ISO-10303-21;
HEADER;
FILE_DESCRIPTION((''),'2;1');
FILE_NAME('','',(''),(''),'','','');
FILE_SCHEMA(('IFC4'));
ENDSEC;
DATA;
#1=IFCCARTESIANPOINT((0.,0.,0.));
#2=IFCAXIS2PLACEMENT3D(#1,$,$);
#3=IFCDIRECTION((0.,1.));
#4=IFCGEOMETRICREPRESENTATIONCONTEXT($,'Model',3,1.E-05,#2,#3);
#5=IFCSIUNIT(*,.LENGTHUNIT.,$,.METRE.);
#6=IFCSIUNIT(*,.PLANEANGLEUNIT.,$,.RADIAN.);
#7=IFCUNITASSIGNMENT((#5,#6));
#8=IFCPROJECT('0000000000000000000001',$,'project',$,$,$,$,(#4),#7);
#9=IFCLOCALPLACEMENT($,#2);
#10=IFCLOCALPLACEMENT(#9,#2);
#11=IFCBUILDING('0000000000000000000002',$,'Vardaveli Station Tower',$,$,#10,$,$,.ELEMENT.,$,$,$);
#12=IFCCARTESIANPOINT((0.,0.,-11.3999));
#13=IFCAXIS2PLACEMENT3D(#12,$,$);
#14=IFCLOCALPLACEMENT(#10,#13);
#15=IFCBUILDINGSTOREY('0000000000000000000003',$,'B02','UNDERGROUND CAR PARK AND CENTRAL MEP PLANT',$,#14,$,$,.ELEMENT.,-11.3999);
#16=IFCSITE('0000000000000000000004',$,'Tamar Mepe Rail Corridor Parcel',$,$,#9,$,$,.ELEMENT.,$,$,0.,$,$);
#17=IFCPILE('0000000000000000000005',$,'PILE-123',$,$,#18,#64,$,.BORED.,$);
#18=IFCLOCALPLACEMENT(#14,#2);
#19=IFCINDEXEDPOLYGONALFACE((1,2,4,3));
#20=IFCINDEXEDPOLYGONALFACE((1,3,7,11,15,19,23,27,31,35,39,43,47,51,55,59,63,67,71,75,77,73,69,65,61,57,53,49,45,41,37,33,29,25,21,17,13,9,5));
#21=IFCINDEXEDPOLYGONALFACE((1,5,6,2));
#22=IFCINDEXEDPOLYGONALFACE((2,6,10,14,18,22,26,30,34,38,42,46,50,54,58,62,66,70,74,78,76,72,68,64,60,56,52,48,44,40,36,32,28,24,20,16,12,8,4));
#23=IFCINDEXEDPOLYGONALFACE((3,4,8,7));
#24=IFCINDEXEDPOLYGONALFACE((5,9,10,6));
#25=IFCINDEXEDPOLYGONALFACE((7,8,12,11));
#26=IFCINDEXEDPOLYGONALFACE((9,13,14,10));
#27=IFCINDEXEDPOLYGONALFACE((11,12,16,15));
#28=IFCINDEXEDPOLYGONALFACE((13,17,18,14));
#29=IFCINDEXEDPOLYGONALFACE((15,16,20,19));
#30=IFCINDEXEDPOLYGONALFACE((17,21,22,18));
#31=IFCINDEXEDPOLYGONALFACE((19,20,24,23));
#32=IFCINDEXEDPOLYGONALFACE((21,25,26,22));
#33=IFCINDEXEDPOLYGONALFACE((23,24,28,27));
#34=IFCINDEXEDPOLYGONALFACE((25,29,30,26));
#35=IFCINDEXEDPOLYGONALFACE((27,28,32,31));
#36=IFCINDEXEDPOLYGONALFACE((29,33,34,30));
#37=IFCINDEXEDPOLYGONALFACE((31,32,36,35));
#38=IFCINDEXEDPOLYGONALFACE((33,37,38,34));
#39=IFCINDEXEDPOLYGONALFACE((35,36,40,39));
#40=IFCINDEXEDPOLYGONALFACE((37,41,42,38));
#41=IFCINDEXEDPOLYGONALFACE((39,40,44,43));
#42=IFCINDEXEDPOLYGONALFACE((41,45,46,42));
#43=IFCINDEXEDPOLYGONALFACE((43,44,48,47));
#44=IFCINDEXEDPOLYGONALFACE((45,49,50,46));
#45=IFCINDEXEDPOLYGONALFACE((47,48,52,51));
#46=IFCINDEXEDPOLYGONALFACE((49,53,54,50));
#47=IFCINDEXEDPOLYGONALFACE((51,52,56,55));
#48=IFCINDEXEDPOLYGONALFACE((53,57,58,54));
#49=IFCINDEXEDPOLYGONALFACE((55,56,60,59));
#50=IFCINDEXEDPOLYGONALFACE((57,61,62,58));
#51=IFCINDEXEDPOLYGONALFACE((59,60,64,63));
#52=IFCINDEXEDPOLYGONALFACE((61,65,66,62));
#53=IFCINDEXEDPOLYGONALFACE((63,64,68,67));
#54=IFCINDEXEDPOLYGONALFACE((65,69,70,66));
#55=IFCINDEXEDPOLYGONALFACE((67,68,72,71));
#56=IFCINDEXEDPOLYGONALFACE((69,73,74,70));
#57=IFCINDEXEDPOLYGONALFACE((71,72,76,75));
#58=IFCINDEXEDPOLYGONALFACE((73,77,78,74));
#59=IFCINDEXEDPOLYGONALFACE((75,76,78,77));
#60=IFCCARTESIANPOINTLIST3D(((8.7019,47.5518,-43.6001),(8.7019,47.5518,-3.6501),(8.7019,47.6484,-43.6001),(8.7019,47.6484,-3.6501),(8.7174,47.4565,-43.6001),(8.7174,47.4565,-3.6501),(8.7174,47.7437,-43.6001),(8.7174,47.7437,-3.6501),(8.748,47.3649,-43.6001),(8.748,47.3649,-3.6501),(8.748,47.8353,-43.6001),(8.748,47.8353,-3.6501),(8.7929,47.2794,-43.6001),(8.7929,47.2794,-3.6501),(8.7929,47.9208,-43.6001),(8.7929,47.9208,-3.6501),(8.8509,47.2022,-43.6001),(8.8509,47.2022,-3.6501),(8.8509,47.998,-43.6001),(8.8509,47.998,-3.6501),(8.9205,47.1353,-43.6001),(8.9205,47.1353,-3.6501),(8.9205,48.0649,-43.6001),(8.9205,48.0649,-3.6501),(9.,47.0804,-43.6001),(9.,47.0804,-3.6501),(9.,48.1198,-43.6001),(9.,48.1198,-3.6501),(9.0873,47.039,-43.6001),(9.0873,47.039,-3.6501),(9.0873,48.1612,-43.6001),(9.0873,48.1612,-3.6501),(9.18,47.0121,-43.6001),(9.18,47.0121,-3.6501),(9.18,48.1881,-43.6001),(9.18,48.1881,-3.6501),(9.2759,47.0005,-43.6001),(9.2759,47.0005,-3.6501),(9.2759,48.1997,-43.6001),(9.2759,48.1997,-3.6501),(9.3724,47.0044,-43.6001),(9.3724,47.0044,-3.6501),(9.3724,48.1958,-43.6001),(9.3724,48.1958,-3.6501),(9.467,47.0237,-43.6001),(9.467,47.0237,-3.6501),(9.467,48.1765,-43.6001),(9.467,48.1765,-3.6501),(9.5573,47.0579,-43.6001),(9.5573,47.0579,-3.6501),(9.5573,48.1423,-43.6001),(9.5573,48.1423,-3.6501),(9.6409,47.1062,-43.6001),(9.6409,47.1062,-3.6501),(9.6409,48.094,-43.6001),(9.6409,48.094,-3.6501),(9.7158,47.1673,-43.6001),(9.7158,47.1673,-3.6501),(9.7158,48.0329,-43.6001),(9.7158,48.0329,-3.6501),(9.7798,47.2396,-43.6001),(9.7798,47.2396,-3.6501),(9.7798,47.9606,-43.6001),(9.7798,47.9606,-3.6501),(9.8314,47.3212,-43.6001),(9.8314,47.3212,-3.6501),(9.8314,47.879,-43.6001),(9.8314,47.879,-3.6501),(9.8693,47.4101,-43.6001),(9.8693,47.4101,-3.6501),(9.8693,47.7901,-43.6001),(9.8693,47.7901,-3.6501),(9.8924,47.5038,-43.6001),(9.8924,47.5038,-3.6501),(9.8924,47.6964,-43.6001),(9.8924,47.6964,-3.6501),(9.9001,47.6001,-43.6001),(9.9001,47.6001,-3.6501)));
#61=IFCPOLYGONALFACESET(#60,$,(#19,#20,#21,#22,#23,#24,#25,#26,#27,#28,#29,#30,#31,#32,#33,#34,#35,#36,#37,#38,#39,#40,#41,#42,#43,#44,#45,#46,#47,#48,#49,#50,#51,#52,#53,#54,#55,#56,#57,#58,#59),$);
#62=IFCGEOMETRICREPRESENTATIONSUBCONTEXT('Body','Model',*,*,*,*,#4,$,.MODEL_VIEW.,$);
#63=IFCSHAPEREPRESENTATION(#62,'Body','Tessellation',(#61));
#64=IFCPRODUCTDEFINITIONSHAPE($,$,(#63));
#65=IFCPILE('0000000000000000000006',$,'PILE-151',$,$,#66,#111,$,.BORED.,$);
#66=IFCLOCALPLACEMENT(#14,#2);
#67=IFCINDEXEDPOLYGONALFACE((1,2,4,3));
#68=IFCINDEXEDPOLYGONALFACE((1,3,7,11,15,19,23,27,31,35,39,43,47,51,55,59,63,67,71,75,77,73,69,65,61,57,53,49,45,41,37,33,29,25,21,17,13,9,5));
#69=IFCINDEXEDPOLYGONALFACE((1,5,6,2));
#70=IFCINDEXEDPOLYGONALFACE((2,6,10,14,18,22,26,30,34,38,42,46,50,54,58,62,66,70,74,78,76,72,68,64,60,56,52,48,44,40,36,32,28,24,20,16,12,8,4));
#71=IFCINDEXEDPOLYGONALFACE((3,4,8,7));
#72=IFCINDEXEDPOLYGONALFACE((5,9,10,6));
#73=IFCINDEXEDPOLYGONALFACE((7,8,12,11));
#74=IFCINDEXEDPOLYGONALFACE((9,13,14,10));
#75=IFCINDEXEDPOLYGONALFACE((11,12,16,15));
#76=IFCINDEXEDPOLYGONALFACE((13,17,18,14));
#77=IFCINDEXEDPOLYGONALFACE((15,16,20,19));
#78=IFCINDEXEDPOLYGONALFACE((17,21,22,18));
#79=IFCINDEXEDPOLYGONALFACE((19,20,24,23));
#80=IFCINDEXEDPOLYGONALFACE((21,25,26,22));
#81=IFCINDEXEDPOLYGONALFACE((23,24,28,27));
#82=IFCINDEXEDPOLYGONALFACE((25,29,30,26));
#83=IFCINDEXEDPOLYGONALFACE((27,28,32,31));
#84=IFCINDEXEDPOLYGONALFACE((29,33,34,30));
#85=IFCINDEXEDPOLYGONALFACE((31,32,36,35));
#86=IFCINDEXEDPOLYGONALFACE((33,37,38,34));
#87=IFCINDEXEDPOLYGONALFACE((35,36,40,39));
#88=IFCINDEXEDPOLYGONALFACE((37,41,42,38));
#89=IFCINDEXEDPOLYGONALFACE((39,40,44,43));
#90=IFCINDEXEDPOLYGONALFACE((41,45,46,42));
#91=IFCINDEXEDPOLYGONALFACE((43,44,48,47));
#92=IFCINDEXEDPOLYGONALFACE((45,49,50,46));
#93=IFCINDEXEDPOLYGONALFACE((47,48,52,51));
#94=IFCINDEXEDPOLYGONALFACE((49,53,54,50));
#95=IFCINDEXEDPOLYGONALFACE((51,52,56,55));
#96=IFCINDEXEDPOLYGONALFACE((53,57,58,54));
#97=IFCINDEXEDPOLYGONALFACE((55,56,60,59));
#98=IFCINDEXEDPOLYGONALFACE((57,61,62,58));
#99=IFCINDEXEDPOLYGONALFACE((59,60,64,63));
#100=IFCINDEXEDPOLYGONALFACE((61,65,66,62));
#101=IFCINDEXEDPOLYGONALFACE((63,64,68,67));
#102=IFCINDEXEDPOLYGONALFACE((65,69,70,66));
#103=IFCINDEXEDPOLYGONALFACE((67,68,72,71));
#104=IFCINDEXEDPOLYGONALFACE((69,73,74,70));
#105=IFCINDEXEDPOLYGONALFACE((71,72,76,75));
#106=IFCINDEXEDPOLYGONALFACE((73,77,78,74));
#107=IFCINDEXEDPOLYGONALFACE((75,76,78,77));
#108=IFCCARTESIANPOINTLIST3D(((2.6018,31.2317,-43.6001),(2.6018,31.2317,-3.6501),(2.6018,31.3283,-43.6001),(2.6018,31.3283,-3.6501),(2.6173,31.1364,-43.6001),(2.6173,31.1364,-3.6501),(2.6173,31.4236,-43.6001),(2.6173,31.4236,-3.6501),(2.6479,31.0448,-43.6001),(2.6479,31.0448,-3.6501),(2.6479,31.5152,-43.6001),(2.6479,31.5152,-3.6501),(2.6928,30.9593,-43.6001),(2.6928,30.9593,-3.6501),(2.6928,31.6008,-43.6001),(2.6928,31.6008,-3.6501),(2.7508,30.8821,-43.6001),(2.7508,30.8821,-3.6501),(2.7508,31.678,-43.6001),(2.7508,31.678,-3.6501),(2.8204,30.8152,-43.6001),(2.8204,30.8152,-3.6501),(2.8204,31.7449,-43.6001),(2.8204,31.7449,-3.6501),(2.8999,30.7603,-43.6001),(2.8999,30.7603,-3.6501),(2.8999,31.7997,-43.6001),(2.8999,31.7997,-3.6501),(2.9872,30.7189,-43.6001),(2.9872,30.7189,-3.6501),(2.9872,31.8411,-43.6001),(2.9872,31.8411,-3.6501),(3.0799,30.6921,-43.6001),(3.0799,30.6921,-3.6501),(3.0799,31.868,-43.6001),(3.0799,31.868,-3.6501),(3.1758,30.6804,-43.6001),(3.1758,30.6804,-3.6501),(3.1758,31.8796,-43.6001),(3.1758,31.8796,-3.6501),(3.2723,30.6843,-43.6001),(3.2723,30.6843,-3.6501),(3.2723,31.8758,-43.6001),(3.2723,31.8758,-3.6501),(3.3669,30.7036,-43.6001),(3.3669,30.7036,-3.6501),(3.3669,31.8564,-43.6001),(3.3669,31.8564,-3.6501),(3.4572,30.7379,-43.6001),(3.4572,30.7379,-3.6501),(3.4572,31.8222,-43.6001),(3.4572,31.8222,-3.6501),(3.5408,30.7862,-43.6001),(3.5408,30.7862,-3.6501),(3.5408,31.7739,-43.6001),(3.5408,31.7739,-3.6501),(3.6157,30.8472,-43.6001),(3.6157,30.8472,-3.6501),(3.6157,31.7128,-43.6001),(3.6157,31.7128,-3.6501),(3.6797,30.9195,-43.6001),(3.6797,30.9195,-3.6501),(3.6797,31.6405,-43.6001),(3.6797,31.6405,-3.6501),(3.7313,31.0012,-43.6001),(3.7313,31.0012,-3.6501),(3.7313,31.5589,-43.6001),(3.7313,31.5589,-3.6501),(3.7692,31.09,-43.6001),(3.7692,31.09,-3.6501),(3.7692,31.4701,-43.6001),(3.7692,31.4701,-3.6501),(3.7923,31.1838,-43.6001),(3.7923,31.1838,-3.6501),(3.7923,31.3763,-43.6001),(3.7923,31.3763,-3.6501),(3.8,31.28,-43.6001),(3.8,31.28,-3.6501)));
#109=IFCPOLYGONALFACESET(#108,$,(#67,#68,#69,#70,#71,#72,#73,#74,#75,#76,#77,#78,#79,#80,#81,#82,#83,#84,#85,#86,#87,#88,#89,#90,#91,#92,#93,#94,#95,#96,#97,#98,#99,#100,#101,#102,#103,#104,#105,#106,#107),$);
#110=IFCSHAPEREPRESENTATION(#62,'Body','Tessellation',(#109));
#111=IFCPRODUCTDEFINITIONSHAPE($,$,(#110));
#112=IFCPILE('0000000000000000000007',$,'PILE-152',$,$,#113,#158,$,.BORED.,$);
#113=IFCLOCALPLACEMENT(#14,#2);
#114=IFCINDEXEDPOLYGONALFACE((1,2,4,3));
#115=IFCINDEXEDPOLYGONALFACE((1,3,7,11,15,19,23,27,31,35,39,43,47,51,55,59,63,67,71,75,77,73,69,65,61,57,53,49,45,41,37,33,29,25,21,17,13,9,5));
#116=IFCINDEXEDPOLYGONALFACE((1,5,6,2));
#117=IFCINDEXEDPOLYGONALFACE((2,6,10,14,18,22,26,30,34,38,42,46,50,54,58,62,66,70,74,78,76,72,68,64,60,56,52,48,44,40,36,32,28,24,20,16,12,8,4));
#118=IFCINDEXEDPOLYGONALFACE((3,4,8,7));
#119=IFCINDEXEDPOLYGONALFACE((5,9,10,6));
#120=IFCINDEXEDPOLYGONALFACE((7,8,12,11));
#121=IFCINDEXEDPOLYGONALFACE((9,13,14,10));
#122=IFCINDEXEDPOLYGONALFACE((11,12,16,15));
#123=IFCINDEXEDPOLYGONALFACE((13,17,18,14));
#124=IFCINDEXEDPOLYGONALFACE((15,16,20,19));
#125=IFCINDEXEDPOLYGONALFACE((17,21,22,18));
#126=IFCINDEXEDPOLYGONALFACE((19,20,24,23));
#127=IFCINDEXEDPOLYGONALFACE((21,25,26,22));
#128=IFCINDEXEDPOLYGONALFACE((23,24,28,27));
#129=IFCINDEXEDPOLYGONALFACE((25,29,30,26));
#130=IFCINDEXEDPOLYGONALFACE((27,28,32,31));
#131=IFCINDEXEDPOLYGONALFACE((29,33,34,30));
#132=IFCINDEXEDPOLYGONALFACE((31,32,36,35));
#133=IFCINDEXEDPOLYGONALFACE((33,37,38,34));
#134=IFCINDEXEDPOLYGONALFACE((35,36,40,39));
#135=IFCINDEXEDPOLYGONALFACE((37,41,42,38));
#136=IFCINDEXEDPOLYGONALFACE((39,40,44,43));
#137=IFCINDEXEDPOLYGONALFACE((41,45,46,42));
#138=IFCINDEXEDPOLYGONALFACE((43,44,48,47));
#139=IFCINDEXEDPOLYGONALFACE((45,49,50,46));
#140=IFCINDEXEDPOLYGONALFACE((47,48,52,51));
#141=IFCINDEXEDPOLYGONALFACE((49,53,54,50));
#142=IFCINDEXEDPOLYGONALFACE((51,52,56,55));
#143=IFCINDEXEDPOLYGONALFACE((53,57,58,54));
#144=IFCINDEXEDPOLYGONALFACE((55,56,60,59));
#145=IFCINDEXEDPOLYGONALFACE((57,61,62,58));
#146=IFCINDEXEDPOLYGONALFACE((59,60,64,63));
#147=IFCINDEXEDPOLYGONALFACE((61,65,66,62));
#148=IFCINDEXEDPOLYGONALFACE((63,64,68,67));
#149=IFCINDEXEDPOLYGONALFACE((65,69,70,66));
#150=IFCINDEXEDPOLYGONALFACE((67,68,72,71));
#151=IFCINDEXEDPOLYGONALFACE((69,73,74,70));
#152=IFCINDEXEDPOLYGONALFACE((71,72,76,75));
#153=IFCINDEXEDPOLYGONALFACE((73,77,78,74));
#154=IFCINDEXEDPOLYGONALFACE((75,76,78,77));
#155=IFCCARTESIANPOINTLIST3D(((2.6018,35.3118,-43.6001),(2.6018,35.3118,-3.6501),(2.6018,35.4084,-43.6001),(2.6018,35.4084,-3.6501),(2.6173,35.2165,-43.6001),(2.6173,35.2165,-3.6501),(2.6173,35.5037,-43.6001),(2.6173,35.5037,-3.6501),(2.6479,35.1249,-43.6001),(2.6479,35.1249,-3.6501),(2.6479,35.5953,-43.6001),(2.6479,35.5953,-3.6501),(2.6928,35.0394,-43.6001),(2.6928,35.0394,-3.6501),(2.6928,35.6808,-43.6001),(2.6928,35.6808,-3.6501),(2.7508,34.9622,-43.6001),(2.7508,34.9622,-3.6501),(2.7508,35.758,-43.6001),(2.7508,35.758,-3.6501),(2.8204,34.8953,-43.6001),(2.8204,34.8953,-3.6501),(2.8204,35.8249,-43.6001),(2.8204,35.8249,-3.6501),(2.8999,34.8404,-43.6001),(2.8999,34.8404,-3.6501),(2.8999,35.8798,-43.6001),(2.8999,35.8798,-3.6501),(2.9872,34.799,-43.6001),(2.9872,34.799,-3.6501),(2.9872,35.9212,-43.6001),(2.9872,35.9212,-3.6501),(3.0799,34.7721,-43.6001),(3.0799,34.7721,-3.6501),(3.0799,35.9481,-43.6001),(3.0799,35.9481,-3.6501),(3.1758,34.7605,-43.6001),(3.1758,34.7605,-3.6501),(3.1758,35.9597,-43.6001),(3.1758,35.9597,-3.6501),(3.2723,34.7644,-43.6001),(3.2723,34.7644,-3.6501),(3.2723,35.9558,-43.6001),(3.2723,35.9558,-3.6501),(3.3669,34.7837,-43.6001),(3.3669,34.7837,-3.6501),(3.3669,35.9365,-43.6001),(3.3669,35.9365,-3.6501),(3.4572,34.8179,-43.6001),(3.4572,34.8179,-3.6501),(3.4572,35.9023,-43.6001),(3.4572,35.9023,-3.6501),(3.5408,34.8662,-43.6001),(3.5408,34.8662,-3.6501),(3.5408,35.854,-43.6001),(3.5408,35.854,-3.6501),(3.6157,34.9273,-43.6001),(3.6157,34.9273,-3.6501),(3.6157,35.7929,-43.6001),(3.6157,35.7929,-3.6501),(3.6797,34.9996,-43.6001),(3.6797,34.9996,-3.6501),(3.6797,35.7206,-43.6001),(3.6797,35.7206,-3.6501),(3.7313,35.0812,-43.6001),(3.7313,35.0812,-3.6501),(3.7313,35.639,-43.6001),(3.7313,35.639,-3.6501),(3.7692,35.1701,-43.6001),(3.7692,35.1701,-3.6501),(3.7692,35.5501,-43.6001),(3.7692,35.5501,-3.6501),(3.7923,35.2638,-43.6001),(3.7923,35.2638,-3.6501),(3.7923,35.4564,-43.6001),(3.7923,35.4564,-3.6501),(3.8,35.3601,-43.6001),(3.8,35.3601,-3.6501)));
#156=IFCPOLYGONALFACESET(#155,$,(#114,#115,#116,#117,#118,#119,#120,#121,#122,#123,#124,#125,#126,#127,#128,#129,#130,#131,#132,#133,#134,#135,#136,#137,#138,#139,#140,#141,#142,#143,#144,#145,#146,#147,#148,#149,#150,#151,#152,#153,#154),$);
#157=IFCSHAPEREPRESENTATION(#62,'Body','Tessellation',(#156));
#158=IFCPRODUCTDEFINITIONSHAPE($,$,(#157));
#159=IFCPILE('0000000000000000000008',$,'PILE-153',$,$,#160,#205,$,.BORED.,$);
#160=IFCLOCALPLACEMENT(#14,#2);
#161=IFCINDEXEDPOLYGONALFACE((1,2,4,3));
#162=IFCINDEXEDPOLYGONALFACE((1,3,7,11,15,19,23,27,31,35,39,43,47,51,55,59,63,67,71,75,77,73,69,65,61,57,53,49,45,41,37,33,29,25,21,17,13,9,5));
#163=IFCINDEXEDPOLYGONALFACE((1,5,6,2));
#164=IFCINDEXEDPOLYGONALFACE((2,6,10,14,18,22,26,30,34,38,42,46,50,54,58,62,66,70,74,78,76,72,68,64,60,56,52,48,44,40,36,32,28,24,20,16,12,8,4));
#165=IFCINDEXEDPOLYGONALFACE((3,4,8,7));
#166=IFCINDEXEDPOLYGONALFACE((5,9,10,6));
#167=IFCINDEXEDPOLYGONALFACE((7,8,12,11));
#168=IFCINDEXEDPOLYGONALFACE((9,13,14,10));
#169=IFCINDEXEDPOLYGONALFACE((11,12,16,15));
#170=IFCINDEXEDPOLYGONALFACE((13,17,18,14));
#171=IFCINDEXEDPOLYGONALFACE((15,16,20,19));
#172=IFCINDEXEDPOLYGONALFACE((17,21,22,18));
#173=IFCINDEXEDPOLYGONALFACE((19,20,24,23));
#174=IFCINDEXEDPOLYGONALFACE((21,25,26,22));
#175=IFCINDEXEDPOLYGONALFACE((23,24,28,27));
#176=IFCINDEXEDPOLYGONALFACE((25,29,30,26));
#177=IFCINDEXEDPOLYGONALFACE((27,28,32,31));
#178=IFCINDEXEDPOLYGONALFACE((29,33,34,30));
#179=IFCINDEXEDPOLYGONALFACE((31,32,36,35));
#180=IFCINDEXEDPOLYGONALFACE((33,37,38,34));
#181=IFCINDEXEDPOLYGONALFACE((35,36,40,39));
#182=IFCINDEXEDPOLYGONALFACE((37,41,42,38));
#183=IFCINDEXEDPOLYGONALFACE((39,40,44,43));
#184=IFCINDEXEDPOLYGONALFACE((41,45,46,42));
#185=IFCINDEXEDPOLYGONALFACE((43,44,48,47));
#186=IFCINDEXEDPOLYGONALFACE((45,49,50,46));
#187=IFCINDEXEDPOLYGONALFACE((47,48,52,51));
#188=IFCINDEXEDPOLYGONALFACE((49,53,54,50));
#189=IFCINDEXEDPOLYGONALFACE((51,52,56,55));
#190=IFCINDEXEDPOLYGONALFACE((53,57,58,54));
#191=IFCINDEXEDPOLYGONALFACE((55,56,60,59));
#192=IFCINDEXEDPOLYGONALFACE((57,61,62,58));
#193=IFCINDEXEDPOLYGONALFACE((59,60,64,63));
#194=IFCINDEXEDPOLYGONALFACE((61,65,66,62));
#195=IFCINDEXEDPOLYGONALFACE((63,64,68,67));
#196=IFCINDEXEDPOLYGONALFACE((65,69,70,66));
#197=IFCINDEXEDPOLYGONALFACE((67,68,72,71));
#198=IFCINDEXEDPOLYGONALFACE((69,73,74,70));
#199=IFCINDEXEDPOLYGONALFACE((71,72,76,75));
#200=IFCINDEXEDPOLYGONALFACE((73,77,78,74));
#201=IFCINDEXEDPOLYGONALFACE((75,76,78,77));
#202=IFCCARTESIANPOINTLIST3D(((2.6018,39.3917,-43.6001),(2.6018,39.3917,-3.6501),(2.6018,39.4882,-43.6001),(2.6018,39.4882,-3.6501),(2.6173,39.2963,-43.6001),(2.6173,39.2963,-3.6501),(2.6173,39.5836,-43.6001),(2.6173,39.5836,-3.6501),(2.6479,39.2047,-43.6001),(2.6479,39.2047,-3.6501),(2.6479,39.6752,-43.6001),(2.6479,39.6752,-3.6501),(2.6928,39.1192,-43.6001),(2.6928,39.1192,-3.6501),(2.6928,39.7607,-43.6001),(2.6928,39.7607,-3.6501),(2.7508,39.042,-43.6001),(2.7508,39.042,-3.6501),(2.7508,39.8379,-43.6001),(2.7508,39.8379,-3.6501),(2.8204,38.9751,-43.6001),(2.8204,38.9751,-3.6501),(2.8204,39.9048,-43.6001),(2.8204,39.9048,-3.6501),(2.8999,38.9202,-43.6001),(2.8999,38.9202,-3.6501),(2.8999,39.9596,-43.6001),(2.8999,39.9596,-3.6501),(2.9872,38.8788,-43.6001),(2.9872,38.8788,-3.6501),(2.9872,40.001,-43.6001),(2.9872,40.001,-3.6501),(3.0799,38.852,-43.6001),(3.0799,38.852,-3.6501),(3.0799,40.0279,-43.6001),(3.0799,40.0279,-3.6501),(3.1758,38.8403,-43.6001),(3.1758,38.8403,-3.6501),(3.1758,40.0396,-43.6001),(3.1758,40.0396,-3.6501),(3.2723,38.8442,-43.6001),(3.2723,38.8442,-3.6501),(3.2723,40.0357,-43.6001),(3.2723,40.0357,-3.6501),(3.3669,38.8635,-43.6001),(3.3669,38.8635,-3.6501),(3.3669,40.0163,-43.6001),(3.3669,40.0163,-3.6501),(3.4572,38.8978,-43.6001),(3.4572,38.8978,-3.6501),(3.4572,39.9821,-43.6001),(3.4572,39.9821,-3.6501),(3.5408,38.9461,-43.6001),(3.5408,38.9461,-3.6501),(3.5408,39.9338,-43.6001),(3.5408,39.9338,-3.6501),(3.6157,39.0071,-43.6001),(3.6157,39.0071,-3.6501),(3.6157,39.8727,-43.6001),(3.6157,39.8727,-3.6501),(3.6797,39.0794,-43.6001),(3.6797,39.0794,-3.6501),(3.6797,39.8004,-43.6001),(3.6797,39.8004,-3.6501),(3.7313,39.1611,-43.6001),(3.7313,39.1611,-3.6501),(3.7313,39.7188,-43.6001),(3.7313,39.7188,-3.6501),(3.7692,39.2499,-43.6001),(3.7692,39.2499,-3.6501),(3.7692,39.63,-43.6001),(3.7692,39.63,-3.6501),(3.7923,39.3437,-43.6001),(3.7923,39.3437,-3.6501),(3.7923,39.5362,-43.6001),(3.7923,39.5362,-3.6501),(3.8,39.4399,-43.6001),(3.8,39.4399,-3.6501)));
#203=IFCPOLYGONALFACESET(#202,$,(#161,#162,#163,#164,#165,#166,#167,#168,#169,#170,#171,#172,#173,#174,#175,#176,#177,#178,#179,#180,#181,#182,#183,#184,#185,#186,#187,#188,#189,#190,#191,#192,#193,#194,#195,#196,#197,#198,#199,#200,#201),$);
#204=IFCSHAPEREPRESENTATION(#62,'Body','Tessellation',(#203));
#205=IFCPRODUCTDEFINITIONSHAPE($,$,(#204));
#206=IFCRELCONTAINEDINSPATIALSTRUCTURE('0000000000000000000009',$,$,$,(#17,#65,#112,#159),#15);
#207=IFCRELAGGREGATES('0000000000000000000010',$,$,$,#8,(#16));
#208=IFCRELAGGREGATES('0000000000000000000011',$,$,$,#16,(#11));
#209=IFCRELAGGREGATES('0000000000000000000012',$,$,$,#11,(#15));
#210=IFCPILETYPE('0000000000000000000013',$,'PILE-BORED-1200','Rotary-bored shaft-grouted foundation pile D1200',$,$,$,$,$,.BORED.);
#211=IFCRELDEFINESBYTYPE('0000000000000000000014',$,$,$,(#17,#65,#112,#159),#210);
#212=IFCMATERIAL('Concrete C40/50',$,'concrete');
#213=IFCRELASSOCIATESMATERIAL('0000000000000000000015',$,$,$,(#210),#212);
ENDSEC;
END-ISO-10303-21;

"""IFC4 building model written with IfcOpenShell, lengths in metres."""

from ifc_helpers import new_model, si_unit, direction, frame, origin, origin_2d, place, context, subcontext, project, spatial, circle, extrude, source, transform, mapped, material, material_profile, profile_set, type_object, element, save


model = new_model("IFC4")

# Units and contexts
model_context = context("Model", 3, precision=1e-05, world=origin(), true_north=direction((0.0, 1.0)))
body_context = subcontext(model_context, "Body", "Model", "MODEL_VIEW")
ifc_project = project(units=[si_unit("LENGTHUNIT", "METRE"), si_unit("PLANEANGLEUNIT", "RADIAN")], contexts=[model_context])

# Site, building, storey
site_placement = place(None, origin())
site = spatial("IfcSite", under=ifc_project, at=site_placement, Name="Tamar Mepe Rail Corridor Parcel", CompositionType="ELEMENT", RefElevation=0.0)
building_placement = place(site_placement, origin())
building = spatial("IfcBuilding", under=site, at=building_placement, Name="Vardaveli Station Tower", CompositionType="ELEMENT")
storey_placement = place(building_placement, frame((0.0, 0.0, -11.3999)))
storey = spatial("IfcBuildingStorey", under=building, at=storey_placement, Name="B02", Description="UNDERGROUND CAR PARK AND CENTRAL MEP PLANT", CompositionType="ELEMENT", Elevation=-11.3999)

# Piles
ifc_material_1 = material(Name="Concrete C40/50", Category="concrete")
ifc_material_profile_1 = material_profile(ifc_material_1, circle(Radius=0.6001, at=origin_2d()), Name="PILE D1200")
ifc_profile_set_1 = profile_set([ifc_material_profile_1], Name="Concrete C40/50")
pile_type_1 = type_object("IfcPileType", Name="PILE-BORED-1200", Description="Rotary-bored shaft-grouted foundation pile D1200", PredefinedType="BORED", material=ifc_profile_set_1)
shared_shape_1 = source(origin(), body_context, "Body", "SweptSolid", [
    extrude(circle(Radius=0.6001, at=origin_2d()), origin(), (0.0, 0.0, 1.0), 39.95),
])
for number, where, z_axis, x_axis, name in (
    (1, (9.3, 47.6001, -3.6501), (0.0, 0.0, -1.0), (1.0, 0.0, 0.0), "PILE-123"),
    (2, (3.2, 31.28, -3.6501), (0.0, 0.0, -1.0), (1.0, 0.0, 0.0), "PILE-151"),
    (3, (3.2, 35.3601, -3.6501), (0.0, 0.0, -1.0), (1.0, 0.0, 0.0), "PILE-152"),
    (4, (3.2, 39.4399, -3.6501), (0.0, 0.0, -1.0), (1.0, 0.0, 0.0), "PILE-153"),
):
    element("IfcPile", number, at=place(storey_placement, frame(where, z_axis=z_axis, x_axis=x_axis)), inside=storey, type_object=pile_type_1, Name=name, PredefinedType="BORED", context=body_context, shape_type="MappedRepresentation", body=[
        mapped(shared_shape_1, transform((0.0, 0.0, 0.0), scale=1.0)),
    ])

save(model, "model.ifc")
